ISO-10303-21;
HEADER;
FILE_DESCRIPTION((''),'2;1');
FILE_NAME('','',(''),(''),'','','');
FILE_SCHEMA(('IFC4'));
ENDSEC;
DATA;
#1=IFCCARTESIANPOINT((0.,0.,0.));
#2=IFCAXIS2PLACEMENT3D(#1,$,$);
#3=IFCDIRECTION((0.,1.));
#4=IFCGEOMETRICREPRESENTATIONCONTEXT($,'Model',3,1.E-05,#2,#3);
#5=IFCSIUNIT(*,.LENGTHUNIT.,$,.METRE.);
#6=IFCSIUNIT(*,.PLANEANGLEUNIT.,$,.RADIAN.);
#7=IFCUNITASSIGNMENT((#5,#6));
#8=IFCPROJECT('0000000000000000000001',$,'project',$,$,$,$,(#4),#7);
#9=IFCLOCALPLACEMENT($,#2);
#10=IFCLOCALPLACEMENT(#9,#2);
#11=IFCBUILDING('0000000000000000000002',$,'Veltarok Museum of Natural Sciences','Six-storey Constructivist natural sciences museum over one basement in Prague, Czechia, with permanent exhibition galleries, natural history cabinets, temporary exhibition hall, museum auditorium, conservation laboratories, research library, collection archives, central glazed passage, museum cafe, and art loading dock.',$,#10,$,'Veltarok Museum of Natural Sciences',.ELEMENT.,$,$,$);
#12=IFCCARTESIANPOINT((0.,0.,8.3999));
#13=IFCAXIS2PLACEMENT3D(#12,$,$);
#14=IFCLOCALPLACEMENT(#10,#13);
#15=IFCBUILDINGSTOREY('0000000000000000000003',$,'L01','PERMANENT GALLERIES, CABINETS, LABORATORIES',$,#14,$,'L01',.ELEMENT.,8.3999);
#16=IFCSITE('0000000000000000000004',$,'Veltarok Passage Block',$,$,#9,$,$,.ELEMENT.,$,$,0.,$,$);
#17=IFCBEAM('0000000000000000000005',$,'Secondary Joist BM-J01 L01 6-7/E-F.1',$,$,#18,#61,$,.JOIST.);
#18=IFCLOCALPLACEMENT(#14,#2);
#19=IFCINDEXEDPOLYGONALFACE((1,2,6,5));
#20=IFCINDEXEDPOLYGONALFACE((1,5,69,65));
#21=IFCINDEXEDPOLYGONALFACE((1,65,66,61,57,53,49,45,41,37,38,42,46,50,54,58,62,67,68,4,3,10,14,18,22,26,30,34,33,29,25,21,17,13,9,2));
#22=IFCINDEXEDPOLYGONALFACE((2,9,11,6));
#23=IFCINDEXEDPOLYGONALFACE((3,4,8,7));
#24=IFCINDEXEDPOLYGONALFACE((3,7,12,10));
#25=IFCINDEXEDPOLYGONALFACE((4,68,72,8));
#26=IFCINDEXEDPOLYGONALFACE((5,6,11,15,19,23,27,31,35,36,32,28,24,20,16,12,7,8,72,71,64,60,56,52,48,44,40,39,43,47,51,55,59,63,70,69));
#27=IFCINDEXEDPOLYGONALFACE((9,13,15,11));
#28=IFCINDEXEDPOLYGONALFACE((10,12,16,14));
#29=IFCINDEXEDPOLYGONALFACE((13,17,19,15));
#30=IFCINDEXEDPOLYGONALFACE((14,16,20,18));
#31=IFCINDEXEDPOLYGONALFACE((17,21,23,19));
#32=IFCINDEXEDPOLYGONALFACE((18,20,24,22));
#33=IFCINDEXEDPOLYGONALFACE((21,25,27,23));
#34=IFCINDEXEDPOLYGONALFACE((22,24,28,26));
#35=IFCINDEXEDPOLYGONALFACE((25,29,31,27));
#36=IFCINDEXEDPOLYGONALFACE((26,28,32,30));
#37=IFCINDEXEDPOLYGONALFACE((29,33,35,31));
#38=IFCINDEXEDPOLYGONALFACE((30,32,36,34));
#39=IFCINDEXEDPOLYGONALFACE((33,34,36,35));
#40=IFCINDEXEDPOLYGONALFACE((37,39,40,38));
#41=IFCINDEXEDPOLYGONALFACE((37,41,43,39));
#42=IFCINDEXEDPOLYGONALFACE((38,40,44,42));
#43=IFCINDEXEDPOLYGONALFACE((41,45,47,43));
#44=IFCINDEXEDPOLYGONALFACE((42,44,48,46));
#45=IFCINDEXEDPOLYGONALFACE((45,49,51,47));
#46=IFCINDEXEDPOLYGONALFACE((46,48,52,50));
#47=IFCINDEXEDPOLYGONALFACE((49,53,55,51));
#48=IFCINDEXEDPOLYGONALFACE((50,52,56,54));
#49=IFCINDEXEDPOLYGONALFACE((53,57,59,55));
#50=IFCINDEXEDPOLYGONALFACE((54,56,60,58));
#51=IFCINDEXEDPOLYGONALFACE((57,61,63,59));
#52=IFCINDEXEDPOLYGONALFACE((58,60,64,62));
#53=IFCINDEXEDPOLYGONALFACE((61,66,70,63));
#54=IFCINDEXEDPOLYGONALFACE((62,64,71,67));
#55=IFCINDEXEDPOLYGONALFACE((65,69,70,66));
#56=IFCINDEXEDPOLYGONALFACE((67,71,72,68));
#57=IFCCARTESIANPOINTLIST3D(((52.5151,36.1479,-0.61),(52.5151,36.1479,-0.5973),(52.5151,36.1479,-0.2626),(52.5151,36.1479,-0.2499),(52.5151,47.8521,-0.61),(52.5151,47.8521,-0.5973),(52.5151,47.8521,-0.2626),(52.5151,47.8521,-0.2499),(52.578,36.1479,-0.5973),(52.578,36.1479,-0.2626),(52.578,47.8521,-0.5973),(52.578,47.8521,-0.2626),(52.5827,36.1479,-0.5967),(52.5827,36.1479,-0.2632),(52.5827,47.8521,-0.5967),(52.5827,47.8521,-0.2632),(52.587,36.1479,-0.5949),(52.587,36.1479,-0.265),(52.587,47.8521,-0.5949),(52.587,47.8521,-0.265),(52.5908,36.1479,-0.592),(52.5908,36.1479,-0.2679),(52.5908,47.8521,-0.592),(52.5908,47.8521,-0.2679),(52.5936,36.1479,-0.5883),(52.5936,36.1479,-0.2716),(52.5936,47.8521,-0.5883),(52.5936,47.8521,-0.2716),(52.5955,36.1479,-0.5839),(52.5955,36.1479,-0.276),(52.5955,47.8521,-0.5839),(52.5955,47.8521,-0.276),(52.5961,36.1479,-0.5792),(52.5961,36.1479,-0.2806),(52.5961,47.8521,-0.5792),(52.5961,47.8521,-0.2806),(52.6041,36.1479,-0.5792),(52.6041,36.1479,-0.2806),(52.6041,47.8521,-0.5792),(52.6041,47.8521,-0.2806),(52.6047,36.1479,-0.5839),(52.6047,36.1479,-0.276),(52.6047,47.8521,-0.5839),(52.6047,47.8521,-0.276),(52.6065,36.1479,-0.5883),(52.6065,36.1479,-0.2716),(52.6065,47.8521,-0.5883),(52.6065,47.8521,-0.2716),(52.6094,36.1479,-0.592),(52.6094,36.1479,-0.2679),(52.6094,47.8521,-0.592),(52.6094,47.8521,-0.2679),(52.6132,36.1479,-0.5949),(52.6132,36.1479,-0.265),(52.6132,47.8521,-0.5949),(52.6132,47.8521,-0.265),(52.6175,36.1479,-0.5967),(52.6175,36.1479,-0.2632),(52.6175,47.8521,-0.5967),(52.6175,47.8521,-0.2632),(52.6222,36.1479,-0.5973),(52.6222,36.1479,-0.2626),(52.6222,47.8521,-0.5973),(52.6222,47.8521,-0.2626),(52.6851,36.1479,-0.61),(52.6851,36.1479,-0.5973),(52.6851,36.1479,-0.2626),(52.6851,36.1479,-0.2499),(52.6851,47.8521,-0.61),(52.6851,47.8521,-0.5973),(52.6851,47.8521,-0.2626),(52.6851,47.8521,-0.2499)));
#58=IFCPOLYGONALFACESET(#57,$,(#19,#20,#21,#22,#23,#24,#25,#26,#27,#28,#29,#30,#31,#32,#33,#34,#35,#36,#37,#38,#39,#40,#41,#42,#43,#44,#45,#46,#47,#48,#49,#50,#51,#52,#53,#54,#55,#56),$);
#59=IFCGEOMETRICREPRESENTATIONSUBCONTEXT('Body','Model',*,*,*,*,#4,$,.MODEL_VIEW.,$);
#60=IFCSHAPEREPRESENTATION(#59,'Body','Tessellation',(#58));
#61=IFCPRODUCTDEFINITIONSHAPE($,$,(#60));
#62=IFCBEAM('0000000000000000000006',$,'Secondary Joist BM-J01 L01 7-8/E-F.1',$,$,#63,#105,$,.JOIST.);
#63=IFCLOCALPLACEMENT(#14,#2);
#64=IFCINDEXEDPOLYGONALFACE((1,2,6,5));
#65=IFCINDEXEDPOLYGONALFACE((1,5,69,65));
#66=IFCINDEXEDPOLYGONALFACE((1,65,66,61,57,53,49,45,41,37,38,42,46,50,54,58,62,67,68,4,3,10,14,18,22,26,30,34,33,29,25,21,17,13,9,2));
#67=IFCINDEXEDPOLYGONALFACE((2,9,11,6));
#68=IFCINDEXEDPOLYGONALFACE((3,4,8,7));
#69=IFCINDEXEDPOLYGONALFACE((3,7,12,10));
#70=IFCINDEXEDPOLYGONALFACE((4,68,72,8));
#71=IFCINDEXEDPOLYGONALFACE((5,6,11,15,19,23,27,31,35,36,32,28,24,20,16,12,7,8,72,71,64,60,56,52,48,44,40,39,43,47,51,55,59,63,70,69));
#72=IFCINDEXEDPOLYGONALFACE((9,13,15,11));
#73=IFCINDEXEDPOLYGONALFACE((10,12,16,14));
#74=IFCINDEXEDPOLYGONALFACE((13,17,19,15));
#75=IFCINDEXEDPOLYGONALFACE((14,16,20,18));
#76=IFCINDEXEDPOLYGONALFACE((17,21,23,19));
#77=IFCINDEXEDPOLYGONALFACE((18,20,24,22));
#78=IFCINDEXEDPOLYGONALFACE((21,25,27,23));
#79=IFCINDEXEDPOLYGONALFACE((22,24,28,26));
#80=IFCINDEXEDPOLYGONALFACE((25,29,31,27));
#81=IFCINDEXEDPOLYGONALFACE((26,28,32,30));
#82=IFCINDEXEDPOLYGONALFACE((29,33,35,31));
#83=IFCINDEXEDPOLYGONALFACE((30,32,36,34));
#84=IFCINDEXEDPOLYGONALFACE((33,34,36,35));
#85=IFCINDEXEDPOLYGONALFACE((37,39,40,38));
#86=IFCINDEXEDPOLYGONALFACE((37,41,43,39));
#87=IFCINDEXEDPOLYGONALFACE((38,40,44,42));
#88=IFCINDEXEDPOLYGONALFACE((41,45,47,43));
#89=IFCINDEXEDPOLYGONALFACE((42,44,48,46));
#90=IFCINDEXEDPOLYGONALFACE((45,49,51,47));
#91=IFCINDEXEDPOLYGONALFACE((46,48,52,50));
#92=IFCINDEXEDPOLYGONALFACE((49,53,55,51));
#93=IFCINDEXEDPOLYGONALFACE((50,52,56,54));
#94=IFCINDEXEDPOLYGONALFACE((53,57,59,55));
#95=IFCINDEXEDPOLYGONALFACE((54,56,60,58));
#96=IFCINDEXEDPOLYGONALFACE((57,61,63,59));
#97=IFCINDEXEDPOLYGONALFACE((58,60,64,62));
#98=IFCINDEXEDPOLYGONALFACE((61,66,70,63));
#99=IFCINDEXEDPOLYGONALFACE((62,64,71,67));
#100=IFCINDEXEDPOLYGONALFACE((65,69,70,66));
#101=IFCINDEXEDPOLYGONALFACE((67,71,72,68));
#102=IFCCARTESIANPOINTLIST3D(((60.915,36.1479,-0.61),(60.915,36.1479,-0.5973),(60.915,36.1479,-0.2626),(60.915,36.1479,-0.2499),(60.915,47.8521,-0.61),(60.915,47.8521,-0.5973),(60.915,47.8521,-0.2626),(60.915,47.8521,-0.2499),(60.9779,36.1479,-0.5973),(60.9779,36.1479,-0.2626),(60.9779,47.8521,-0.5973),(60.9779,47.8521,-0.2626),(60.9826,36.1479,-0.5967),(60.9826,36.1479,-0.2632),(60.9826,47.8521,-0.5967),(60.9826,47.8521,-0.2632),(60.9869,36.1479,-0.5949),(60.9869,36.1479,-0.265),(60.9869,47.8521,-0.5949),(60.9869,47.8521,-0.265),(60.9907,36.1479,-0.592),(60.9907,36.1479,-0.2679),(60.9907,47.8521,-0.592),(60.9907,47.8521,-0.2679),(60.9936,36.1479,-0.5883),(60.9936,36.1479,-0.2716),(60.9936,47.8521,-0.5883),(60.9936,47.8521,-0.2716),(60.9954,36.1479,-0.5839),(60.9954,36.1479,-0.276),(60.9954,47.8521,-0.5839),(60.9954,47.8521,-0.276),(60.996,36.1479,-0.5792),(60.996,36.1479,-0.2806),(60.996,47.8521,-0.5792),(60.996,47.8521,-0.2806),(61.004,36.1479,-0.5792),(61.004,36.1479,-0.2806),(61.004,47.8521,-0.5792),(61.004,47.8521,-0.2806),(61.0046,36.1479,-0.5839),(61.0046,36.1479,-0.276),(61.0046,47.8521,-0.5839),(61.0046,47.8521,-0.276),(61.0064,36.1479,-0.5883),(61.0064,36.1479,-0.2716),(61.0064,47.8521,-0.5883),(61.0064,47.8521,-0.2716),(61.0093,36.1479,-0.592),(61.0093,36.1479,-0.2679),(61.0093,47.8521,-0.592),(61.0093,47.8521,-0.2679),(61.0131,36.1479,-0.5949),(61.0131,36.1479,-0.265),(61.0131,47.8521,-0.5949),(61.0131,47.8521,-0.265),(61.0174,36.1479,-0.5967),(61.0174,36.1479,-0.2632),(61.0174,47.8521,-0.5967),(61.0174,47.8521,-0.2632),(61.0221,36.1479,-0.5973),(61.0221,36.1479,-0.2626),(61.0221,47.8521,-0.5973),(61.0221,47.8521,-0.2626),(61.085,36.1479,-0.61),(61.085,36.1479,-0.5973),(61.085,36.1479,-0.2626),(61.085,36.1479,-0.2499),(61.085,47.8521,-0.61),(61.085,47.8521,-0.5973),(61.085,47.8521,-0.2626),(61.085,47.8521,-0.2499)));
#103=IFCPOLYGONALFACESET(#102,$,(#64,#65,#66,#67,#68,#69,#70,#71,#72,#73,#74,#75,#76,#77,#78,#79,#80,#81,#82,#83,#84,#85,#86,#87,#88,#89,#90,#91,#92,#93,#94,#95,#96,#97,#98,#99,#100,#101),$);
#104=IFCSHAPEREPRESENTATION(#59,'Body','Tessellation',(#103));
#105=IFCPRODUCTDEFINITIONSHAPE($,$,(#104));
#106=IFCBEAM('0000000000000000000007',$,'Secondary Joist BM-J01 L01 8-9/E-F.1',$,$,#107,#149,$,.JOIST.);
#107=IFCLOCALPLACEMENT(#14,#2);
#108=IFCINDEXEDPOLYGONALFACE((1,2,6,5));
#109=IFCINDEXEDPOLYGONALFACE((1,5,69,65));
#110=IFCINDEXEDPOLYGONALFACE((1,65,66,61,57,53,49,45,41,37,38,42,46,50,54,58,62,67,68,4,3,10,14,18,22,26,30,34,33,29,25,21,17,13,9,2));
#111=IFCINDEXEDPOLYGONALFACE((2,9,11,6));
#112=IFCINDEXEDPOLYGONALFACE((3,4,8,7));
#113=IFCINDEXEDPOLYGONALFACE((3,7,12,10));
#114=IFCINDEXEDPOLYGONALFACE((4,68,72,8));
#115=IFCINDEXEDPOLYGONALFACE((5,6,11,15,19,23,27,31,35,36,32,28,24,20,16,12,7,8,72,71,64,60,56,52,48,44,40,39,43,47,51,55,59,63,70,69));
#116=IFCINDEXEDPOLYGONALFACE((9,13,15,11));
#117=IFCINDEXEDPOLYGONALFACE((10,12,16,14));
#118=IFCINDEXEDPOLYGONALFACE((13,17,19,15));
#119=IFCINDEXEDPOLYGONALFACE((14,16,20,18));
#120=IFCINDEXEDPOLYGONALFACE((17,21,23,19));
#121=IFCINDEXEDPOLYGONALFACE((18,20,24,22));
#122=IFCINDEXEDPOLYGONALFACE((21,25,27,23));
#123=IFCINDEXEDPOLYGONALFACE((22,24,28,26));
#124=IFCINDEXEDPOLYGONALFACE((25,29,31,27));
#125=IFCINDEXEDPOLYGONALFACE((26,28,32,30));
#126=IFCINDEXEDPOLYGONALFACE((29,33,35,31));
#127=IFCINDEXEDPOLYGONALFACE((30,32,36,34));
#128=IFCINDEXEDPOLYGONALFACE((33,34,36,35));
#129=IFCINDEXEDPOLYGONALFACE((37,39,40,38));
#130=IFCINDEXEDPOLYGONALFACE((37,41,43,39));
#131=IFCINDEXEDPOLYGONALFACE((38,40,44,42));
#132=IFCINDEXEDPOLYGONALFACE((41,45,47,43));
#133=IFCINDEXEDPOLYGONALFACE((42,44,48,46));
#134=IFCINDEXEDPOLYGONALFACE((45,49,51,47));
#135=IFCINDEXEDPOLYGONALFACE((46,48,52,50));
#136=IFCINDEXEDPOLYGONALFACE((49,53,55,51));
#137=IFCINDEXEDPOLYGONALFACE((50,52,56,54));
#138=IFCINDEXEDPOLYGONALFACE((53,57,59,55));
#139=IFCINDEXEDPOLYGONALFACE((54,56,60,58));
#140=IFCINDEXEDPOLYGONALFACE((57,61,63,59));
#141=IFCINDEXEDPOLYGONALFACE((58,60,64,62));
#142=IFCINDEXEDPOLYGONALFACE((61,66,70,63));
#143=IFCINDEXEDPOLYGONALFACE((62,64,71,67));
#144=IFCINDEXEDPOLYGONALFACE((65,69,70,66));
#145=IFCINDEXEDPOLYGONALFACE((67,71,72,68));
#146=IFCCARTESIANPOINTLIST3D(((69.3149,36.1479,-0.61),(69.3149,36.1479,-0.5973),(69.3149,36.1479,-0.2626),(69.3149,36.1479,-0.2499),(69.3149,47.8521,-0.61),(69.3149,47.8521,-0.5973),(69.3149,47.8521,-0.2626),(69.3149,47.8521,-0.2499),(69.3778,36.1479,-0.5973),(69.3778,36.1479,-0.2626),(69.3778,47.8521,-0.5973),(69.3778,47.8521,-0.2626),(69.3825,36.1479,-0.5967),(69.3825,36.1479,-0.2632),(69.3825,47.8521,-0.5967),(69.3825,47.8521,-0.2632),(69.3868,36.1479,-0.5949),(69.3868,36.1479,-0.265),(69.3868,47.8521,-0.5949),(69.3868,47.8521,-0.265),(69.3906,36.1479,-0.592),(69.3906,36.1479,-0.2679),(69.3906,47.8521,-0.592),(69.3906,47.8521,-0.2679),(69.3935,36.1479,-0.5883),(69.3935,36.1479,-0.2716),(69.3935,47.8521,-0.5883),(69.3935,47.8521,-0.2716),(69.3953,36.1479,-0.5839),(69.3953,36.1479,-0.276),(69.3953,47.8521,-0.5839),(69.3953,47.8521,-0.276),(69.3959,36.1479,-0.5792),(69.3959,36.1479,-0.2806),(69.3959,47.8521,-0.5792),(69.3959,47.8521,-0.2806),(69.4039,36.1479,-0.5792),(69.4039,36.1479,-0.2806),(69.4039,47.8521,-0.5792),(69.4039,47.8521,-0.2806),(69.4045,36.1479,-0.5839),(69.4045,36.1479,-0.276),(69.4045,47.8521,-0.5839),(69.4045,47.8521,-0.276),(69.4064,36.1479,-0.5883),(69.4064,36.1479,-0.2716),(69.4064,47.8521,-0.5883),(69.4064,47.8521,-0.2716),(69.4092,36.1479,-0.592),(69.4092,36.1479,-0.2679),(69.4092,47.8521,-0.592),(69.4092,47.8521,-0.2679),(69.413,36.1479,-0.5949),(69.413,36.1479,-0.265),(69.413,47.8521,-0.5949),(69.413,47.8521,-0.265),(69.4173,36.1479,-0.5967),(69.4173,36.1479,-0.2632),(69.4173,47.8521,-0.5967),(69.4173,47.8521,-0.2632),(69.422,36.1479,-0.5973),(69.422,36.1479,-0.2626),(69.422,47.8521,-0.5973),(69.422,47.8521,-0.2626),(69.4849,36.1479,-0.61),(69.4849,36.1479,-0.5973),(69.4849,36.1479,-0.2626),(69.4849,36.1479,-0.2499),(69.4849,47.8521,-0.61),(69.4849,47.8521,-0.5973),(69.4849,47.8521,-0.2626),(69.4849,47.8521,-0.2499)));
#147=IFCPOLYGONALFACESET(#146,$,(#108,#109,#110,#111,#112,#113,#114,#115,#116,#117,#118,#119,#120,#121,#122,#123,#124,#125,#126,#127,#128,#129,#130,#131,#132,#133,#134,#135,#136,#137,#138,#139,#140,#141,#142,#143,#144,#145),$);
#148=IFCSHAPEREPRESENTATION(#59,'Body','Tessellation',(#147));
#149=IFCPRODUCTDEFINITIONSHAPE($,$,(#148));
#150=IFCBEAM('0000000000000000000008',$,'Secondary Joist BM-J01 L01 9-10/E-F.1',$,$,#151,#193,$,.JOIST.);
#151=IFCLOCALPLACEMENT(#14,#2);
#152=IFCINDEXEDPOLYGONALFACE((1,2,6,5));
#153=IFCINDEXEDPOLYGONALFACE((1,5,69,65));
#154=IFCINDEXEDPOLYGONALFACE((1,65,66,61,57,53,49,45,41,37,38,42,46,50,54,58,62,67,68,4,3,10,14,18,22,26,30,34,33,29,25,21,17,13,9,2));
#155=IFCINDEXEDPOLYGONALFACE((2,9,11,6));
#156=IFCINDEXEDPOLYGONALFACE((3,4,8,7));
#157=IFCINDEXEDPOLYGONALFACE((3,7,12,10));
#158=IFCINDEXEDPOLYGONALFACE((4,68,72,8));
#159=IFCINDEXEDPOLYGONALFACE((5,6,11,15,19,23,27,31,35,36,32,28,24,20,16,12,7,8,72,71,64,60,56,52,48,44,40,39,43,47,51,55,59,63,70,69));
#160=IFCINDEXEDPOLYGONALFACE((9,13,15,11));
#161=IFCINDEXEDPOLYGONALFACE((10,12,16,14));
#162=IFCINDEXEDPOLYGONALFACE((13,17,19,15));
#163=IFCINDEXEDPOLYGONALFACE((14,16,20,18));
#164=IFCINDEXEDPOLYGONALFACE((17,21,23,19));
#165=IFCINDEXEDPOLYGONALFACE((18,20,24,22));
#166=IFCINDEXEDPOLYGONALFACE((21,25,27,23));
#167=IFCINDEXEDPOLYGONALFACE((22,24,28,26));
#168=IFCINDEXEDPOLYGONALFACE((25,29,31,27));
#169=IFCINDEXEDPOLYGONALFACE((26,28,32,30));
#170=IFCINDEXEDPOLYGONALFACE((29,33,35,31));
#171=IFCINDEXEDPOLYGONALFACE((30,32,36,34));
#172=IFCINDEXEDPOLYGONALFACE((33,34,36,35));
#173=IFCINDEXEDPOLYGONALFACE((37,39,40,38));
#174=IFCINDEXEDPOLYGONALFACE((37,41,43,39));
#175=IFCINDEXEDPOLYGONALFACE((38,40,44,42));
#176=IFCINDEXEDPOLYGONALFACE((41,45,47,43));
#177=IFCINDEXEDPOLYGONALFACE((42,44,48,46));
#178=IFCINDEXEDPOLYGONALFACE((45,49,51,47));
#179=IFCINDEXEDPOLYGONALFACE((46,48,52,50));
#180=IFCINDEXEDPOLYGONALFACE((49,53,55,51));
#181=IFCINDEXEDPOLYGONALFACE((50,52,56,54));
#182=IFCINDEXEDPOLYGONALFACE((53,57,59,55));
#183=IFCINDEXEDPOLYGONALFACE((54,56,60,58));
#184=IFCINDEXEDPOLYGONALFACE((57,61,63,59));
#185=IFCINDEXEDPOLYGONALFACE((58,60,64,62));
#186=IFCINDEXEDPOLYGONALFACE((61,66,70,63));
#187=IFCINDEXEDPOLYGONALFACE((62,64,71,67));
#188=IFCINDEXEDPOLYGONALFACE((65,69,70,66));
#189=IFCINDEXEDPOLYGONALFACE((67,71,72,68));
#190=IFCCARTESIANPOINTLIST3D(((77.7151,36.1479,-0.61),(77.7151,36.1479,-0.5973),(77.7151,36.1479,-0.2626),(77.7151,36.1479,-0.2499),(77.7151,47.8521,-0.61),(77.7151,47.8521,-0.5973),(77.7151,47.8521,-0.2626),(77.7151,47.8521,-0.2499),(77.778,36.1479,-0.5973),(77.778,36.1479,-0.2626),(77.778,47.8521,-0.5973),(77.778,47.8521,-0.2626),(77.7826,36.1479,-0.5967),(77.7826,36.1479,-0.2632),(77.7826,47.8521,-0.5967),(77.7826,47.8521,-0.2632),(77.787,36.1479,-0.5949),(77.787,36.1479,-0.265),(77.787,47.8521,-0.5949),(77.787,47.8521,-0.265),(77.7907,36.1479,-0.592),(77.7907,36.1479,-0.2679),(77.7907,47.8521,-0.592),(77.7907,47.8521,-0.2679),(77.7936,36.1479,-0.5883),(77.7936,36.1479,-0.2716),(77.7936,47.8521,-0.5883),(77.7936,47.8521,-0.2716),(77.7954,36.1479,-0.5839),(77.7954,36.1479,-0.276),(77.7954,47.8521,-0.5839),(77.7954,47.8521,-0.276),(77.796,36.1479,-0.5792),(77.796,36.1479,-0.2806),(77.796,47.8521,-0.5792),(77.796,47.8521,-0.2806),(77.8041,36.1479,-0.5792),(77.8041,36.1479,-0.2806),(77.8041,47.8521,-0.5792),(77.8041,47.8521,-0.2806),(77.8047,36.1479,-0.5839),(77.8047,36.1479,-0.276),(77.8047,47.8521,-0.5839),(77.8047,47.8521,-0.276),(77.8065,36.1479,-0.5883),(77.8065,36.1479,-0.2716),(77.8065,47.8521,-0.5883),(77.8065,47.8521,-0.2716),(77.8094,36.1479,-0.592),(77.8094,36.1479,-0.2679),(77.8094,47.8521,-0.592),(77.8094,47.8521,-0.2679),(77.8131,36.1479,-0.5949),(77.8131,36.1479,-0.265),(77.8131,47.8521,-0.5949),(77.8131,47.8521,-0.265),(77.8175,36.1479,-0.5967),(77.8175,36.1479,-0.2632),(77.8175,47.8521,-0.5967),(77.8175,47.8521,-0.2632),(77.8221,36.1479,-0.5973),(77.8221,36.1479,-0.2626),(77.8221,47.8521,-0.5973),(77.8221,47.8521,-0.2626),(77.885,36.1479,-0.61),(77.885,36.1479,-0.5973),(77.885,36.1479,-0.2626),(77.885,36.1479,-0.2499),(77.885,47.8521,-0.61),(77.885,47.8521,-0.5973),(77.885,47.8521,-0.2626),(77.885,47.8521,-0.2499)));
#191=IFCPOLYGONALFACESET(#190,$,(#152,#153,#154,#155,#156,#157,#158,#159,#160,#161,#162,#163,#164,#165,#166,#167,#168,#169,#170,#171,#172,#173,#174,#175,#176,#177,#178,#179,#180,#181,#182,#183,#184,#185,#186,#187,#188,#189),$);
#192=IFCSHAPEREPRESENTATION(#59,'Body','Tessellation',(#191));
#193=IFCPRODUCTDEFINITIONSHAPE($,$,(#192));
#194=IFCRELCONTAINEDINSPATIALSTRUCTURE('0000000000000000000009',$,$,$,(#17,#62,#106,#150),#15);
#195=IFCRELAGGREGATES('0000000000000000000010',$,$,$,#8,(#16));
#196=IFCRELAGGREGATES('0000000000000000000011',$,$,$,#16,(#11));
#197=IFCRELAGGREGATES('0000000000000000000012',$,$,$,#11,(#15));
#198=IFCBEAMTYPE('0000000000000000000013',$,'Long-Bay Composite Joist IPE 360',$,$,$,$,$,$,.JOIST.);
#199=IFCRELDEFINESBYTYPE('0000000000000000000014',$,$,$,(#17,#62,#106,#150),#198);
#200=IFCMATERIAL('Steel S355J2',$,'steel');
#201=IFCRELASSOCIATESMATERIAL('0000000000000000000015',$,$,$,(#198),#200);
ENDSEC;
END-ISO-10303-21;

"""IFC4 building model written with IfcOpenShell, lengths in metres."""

from ifc_helpers import new_model, si_unit, direction, frame, origin, origin_2d, place, context, subcontext, project, spatial, i_section, extrude, material, material_profile, profile_set, type_object, element, save


model = new_model("IFC4")

# Units and contexts
model_context = context("Model", 3, precision=1e-05, world=origin(), true_north=direction((0.0, 1.0)))
body_context = subcontext(model_context, "Body", "Model", "MODEL_VIEW")
ifc_project = project(units=[si_unit("LENGTHUNIT", "METRE"), si_unit("PLANEANGLEUNIT", "RADIAN")], contexts=[model_context])

# Site, building, storey
site_placement = place(None, origin())
site = spatial("IfcSite", under=ifc_project, at=site_placement, Name="Veltarok Passage Block", CompositionType="ELEMENT", RefElevation=0.0)
building_placement = place(site_placement, origin())
building = spatial("IfcBuilding", under=site, at=building_placement, Name="Veltarok Museum of Natural Sciences", Description="Six-storey Constructivist natural sciences museum over one basement in Prague, Czechia, with permanent exhibition galleries, natural history cabinets, temporary exhibition hall, museum auditorium, conservation laboratories, research library, collection archives, central glazed passage, museum cafe, and art loading dock.", LongName="Veltarok Museum of Natural Sciences", CompositionType="ELEMENT")
storey_placement = place(building_placement, frame((0.0, 0.0, 8.3999)))
storey = spatial("IfcBuildingStorey", under=building, at=storey_placement, Name="L01", Description="PERMANENT GALLERIES, CABINETS, LABORATORIES", LongName="L01", CompositionType="ELEMENT", Elevation=8.3999)

# Shared definitions
ifc_material = material(Name="Steel S355J2", Category="steel")

# Beams
ifc_material_profile_1 = material_profile(ifc_material, i_section(OverallWidth=0.1699, OverallDepth=0.3601, WebThickness=0.0081, FlangeThickness=0.0127, FilletRadius=0.0181, at=origin_2d()), Name="IPE 360")
ifc_profile_set_1 = profile_set([ifc_material_profile_1], Name="Steel S355J2")
beam_type_1 = type_object("IfcBeamType", Name="Long-Bay Composite Joist IPE 360", PredefinedType="JOIST", material=ifc_profile_set_1)
for number, where, z_axis, x_axis, name in (
    (1, (52.6001, 36.1479, -0.4299), (0.0, 1.0, 0.0), (-1.0, 0.0, 0.0), "Secondary Joist BM-J01 L01 6-7/E-F.1"),
    (2, (61.0, 36.1479, -0.4299), (0.0, 1.0, 0.0), (-1.0, 0.0, 0.0), "Secondary Joist BM-J01 L01 7-8/E-F.1"),
    (3, (69.3999, 36.1479, -0.4299), (0.0, 1.0, 0.0), (-1.0, 0.0, 0.0), "Secondary Joist BM-J01 L01 8-9/E-F.1"),
    (4, (77.8, 36.1479, -0.4299), (0.0, 1.0, 0.0), (-1.0, 0.0, 0.0), "Secondary Joist BM-J01 L01 9-10/E-F.1"),
):
    element("IfcBeam", number, at=place(storey_placement, frame(where, z_axis=z_axis, x_axis=x_axis)), inside=storey, type_object=beam_type_1, Name=name, PredefinedType="JOIST", context=body_context, shape_type="SweptSolid", body=[
        extrude(i_section(OverallWidth=0.1699, OverallDepth=0.3601, WebThickness=0.0081, FlangeThickness=0.0127, FilletRadius=0.0181, at=origin_2d()), origin(), (0.0, 0.0, 1.0), 11.7041),
    ])

save(model, "model.ifc")
